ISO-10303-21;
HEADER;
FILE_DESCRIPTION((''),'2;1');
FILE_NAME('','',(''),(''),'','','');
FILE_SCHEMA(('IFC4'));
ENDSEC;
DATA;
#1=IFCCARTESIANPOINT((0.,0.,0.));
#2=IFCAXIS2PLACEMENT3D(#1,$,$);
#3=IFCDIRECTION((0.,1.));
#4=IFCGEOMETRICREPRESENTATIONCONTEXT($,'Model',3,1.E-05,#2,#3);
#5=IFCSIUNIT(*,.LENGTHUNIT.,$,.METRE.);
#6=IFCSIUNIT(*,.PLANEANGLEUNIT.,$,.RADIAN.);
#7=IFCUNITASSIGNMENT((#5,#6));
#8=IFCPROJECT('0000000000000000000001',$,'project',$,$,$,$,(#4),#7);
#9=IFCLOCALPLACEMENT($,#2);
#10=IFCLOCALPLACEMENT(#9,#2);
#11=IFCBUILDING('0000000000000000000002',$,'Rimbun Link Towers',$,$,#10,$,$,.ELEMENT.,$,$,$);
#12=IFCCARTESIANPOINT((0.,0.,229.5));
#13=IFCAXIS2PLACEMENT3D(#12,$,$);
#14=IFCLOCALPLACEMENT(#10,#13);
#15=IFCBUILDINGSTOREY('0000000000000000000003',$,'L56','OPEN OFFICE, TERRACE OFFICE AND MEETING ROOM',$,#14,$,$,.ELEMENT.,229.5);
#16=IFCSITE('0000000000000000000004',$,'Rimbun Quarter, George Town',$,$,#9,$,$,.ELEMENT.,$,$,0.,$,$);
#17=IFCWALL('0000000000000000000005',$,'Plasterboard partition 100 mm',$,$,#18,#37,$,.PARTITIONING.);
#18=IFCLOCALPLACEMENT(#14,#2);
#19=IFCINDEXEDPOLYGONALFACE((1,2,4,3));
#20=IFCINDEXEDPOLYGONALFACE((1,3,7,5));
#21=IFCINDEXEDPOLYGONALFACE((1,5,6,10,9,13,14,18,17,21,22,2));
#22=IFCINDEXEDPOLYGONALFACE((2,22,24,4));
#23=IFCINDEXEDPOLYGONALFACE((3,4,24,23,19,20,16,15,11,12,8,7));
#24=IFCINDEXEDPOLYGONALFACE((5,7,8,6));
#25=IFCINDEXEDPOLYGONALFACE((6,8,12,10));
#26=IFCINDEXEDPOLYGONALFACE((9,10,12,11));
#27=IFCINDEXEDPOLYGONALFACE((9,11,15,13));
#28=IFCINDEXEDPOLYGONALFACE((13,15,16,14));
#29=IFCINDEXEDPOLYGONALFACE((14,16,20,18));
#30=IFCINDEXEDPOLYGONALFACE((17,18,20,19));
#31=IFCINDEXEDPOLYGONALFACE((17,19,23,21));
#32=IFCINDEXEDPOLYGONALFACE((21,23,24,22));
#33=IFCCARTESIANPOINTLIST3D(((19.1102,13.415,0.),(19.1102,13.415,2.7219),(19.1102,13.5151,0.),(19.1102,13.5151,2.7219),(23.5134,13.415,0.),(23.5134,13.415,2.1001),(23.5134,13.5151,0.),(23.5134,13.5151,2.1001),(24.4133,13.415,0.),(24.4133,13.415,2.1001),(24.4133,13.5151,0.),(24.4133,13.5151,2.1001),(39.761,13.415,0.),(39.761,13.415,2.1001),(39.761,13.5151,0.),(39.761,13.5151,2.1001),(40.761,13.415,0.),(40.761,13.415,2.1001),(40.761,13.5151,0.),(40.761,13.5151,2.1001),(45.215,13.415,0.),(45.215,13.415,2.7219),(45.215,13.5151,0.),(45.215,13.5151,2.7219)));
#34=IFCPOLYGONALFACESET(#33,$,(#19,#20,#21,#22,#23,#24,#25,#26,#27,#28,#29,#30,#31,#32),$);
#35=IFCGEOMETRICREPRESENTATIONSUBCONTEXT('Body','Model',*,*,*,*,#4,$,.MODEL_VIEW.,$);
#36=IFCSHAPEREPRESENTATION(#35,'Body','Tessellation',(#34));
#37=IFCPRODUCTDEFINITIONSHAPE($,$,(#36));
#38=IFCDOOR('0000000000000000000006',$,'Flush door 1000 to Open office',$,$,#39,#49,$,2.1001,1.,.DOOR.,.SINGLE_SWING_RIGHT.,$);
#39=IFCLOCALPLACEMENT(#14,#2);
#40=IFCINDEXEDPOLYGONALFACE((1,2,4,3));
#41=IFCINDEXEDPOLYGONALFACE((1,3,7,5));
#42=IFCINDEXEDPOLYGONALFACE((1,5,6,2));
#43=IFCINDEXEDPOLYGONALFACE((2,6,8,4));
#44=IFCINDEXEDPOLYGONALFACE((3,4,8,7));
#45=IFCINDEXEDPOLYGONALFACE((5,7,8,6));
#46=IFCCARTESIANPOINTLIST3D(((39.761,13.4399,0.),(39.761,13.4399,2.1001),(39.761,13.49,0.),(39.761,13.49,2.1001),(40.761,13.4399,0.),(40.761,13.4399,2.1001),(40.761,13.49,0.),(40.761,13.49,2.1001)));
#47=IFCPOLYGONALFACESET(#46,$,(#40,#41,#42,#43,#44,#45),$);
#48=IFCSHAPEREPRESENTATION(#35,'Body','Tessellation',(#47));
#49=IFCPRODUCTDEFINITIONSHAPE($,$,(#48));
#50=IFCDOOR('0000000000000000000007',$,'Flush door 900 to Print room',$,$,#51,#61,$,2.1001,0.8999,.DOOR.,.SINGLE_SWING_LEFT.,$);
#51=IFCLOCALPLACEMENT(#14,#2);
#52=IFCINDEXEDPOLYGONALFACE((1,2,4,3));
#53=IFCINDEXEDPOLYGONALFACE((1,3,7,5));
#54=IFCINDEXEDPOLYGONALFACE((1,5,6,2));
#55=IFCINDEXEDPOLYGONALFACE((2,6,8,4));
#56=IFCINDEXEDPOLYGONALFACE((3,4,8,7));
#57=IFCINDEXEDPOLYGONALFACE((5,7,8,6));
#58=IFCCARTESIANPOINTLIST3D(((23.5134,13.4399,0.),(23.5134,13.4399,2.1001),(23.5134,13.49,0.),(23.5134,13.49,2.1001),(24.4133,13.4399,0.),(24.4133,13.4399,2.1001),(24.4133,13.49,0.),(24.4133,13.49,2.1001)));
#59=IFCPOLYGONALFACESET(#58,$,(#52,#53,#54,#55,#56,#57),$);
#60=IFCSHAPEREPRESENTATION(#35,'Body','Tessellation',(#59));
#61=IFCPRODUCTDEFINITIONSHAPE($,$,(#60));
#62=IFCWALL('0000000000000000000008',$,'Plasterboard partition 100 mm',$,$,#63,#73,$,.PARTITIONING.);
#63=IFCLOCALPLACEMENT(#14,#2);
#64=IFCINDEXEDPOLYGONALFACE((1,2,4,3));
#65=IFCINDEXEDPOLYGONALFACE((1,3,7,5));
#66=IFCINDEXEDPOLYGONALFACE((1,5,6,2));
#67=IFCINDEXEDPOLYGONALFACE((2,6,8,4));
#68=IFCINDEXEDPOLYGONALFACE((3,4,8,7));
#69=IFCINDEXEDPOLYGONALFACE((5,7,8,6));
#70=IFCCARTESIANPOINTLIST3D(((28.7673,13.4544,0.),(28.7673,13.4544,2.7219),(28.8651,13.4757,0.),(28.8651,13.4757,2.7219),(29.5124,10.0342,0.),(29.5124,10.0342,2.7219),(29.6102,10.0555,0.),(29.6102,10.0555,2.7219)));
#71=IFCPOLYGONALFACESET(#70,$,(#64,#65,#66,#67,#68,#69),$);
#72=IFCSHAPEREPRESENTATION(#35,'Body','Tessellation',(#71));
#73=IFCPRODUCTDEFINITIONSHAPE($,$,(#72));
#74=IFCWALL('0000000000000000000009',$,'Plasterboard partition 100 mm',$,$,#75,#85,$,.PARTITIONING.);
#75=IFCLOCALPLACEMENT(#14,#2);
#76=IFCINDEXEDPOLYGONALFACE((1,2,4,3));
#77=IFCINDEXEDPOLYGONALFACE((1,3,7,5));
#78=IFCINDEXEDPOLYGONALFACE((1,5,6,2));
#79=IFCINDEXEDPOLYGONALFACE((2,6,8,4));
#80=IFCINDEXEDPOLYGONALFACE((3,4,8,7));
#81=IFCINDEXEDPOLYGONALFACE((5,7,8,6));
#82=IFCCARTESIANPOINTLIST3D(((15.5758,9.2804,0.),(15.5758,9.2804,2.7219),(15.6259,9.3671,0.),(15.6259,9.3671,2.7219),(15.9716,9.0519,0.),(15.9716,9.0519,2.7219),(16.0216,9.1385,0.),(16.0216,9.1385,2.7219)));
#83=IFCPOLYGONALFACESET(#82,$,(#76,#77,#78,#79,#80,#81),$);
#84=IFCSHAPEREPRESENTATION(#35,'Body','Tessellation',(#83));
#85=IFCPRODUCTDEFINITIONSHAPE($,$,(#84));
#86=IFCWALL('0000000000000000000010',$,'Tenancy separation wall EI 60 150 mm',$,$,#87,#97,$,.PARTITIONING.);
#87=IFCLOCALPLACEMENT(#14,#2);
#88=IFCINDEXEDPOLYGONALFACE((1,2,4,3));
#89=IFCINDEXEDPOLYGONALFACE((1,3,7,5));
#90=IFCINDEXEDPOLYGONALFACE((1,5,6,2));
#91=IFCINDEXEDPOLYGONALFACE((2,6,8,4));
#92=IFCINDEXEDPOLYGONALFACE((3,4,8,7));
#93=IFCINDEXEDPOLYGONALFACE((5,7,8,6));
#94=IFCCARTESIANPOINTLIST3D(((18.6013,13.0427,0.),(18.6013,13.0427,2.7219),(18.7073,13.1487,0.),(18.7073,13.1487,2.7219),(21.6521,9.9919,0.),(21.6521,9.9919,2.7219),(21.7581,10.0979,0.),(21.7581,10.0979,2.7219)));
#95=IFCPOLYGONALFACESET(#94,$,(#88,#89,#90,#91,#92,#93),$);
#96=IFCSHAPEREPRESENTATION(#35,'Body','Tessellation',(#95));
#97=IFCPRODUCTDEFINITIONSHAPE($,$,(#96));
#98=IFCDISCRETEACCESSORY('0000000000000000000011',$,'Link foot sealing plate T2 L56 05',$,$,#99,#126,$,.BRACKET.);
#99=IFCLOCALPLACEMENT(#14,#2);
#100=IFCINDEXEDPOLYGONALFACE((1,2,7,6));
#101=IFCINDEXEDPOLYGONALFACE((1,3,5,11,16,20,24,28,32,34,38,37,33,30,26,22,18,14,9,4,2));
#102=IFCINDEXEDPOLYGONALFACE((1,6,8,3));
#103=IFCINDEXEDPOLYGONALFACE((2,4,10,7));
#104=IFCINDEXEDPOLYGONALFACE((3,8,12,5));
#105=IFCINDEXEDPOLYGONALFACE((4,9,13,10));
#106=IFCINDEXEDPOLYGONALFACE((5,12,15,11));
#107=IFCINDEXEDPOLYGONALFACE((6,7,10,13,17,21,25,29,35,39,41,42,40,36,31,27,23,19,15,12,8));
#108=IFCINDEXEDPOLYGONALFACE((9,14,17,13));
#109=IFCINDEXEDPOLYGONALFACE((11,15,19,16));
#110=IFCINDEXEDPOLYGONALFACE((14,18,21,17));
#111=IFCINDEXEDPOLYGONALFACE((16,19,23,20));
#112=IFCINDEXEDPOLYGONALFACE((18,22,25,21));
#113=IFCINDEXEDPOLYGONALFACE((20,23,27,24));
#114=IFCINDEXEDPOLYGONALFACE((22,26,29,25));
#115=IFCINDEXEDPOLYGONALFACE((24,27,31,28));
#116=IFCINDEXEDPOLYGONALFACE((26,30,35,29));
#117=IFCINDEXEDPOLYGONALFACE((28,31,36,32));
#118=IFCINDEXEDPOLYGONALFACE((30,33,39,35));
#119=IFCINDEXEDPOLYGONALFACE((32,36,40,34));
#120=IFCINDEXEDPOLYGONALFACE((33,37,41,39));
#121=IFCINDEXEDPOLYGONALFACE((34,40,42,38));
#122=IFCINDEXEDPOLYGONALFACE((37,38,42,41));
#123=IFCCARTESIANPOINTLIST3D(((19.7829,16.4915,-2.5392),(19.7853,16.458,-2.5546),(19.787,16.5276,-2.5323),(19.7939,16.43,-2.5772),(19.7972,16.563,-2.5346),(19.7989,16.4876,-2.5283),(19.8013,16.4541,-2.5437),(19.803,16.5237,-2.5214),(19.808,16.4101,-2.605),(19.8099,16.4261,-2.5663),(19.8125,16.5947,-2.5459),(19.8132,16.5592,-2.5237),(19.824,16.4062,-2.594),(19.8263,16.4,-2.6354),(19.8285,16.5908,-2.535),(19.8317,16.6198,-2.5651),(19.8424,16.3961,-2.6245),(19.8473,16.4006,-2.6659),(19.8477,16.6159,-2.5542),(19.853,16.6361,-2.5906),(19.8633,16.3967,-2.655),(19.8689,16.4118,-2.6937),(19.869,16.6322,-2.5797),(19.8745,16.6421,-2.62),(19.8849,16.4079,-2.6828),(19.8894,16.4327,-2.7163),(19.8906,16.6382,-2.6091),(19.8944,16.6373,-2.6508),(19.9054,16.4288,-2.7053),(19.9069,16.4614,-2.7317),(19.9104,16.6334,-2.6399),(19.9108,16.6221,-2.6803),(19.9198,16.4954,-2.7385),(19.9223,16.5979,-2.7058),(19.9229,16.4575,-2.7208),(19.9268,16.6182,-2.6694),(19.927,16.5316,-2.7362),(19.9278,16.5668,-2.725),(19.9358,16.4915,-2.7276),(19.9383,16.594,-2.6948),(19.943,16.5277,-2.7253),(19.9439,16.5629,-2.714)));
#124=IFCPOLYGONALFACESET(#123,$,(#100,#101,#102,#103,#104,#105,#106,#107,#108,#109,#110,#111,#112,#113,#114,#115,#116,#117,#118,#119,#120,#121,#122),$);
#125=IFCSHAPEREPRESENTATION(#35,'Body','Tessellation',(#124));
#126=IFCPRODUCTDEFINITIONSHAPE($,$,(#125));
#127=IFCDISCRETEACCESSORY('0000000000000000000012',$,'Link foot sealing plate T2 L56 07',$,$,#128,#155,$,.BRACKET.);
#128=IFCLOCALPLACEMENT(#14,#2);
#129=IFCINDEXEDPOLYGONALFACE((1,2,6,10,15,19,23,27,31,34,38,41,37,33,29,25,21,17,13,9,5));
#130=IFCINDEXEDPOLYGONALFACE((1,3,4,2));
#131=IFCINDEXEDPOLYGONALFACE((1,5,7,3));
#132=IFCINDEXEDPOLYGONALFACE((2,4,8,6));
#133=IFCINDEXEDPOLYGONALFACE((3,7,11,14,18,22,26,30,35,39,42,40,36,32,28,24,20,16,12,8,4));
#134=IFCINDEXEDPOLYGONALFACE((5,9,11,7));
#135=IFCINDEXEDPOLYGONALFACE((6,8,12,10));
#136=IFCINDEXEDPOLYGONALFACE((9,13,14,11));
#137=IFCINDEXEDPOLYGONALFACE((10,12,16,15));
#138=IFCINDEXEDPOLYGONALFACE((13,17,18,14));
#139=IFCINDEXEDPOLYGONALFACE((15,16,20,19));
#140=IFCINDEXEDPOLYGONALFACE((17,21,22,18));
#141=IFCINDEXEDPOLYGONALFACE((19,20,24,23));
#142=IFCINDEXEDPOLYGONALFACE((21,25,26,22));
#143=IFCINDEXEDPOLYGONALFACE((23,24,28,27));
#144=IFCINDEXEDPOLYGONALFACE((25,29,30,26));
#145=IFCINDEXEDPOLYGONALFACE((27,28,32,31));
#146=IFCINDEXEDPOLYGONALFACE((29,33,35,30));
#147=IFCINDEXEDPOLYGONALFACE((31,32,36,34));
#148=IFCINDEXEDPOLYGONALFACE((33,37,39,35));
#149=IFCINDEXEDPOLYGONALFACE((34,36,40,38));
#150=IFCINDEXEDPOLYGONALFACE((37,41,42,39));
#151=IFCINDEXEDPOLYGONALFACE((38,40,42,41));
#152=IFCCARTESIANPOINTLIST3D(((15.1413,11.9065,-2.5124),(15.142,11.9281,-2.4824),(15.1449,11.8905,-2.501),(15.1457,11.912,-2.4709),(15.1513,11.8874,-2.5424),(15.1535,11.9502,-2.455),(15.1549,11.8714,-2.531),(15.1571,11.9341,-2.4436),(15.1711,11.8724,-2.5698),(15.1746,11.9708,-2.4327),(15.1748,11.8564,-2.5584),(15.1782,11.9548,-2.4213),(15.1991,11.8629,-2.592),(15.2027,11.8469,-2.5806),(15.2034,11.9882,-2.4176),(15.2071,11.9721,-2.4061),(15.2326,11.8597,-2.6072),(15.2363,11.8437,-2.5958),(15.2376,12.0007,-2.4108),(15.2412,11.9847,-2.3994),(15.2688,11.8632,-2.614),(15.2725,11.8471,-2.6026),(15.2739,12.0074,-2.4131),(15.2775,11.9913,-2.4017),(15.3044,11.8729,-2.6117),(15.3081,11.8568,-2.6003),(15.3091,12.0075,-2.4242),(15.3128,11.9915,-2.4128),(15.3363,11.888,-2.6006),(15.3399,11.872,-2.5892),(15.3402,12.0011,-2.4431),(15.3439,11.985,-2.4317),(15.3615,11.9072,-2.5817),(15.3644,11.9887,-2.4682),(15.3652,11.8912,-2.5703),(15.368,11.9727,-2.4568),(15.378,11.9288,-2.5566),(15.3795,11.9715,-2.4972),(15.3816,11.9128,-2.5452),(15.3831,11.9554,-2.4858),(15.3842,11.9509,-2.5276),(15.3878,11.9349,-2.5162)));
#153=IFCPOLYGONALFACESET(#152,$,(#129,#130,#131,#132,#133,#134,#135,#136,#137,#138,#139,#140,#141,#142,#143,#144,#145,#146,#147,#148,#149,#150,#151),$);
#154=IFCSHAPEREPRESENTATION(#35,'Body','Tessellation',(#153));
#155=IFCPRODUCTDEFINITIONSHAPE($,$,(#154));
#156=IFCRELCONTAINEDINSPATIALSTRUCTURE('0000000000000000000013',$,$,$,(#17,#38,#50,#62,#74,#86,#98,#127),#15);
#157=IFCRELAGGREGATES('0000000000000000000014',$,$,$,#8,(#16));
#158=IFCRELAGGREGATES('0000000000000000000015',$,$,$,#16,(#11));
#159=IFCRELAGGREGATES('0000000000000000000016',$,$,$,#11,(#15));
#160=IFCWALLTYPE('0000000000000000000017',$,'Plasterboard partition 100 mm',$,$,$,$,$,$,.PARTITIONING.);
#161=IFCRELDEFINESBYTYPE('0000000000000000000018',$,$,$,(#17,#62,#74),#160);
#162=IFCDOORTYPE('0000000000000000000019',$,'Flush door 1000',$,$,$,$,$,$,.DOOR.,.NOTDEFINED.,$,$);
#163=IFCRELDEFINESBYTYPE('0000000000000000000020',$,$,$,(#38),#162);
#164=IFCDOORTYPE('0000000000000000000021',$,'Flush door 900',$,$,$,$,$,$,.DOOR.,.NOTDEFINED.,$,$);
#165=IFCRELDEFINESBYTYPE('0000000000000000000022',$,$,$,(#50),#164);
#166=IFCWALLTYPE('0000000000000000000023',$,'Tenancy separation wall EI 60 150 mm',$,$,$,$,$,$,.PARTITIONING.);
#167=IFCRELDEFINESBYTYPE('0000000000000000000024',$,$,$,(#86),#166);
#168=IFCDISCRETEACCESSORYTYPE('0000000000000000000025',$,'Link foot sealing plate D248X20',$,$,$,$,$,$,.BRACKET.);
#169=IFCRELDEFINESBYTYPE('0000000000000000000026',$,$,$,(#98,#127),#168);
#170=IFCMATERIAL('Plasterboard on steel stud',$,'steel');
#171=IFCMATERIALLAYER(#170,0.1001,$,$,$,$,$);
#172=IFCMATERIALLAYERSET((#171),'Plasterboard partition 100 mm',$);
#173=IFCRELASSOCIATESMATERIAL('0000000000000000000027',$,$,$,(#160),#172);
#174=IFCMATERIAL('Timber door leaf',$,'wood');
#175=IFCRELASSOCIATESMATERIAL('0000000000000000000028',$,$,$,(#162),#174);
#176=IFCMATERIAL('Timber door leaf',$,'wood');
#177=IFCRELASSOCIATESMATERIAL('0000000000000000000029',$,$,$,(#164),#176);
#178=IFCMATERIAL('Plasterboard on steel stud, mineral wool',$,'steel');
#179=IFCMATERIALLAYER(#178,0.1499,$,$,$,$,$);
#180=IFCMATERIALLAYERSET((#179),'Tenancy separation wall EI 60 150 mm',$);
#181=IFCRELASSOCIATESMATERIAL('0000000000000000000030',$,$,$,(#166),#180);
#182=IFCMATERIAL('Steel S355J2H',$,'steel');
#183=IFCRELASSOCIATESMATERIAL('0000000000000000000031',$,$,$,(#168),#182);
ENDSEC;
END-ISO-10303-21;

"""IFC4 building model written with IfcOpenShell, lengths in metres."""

from ifc_helpers import new_model, si_unit, direction, frame, frame_2d, origin, origin_2d, place, context, subcontext, project, spatial, rectangle, circle, extrude, material, layer, layer_set, material_profile, profile_set, type_object, element, fill, save


model = new_model("IFC4")

# Units and contexts
model_context = context("Model", 3, precision=1e-05, world=origin(), true_north=direction((0.0, 1.0)))
body_context = subcontext(model_context, "Body", "Model", "MODEL_VIEW")
ifc_project = project(units=[si_unit("LENGTHUNIT", "METRE"), si_unit("PLANEANGLEUNIT", "RADIAN")], contexts=[model_context])

# Site, building, storey
site_placement = place(None, origin())
site = spatial("IfcSite", under=ifc_project, at=site_placement, Name="Rimbun Quarter, George Town", CompositionType="ELEMENT", RefElevation=0.0)
building_placement = place(site_placement, origin())
building = spatial("IfcBuilding", under=site, at=building_placement, Name="Rimbun Link Towers", CompositionType="ELEMENT")
storey_placement = place(building_placement, frame((0.0, 0.0, 229.5)))
storey = spatial("IfcBuildingStorey", under=building, at=storey_placement, Name="L56", Description="OPEN OFFICE, TERRACE OFFICE AND MEETING ROOM", CompositionType="ELEMENT", Elevation=229.5)

# Wall, openings, doors
ifc_material_1 = material(Name="Plasterboard on steel stud", Category="steel")
ifc_layer_1 = layer(ifc_material_1, 0.1001)
ifc_layer_set_1 = layer_set([ifc_layer_1], Name="Plasterboard partition 100 mm")
wall_type_1 = type_object("IfcWallType", Name="Plasterboard partition 100 mm", PredefinedType="PARTITIONING", material=ifc_layer_set_1)
wall_1_placement = place(storey_placement, frame((19.1104, 13.4651, 0.0), z_axis=(0.0, 0.0, 1.0), x_axis=(1.0, 0.0, 0.0)))
wall_1 = element("IfcWall", 1, at=wall_1_placement, inside=storey, type_object=wall_type_1, Name="Plasterboard partition 100 mm", PredefinedType="PARTITIONING", context=body_context, shape_type="SweptSolid", body=[
    extrude(rectangle(XDim=26.1047, YDim=0.1001, at=frame_2d((13.0522, 0.0))), origin(), (0.0, 0.0, 1.0), 2.7219),
])
opening_1_placement = place(wall_1_placement, frame((20.6506, 0.0, 0.0)))
opening_1 = element("IfcOpeningElement", 2, at=opening_1_placement, cuts=wall_1, PredefinedType="OPENING", context=body_context, shape_type="SweptSolid", body=[
    extrude(rectangle(XDim=1.0, YDim=2.1001, at=frame_2d((0.5, 1.05))), frame((0.0, 0.0601, 0.0), z_axis=(0.0, -1.0, 0.0), x_axis=(1.0, 0.0, 0.0)), (0.0, 0.0, 1.0), 0.1201),
])
opening_2_placement = place(wall_1_placement, frame((4.4031, 0.0, 0.0)))
opening_2 = element("IfcOpeningElement", 3, at=opening_2_placement, cuts=wall_1, PredefinedType="OPENING", context=body_context, shape_type="SweptSolid", body=[
    extrude(rectangle(XDim=0.8999, YDim=2.1001, at=frame_2d((0.45, 1.05))), frame((0.0, 0.0601, 0.0), z_axis=(0.0, -1.0, 0.0), x_axis=(1.0, 0.0, 0.0)), (0.0, 0.0, 1.0), 0.1201),
])
ifc_material_2 = material(Name="Timber door leaf", Category="wood")
door_type_1 = type_object("IfcDoorType", Name="Flush door 1000", OperationType="NOTDEFINED", PredefinedType="DOOR", material=ifc_material_2)
door_1_placement = place(opening_1_placement, origin())
door_1 = element("IfcDoor", 4, at=door_1_placement, inside=storey, type_object=door_type_1, Name="Flush door 1000 to Open office", OperationType="SINGLE_SWING_RIGHT", OverallHeight=2.1001, OverallWidth=1.0, PredefinedType="DOOR", context=body_context, shape_type="SweptSolid", body=[
    extrude(rectangle(XDim=1.0, YDim=2.1001, at=frame_2d((0.5, 1.05))), frame((0.0, 0.0249, 0.0), z_axis=(0.0, -1.0, 0.0), x_axis=(1.0, 0.0, 0.0)), (0.0, 0.0, 1.0), 0.05),
])
fill(opening_1, door_1)
ifc_material_3 = material(Name="Timber door leaf", Category="wood")
door_type_2 = type_object("IfcDoorType", Name="Flush door 900", OperationType="NOTDEFINED", PredefinedType="DOOR", material=ifc_material_3)
door_2_placement = place(opening_2_placement, origin())
door_2 = element("IfcDoor", 5, at=door_2_placement, inside=storey, type_object=door_type_2, Name="Flush door 900 to Print room", OperationType="SINGLE_SWING_LEFT", OverallHeight=2.1001, OverallWidth=0.8999, PredefinedType="DOOR", context=body_context, shape_type="SweptSolid", body=[
    extrude(rectangle(XDim=0.8999, YDim=2.1001, at=frame_2d((0.45, 1.05))), frame((0.0, 0.0249, 0.0), z_axis=(0.0, -1.0, 0.0), x_axis=(1.0, 0.0, 0.0)), (0.0, 0.0, 1.0), 0.05),
])
fill(opening_2, door_2)

# Walls
wall_2_placement = place(storey_placement, frame((28.8162, 13.4651, 0.0), z_axis=(0.0, 0.0, 1.0), x_axis=(0.212867, -0.977081, 0.0)))
element("IfcWall", 6, at=wall_2_placement, inside=storey, type_object=wall_type_1, Name="Plasterboard partition 100 mm", PredefinedType="PARTITIONING", context=body_context, shape_type="SweptSolid", body=[
    extrude(rectangle(XDim=3.5005, YDim=0.1001, at=frame_2d((1.7502, 0.0))), origin(), (0.0, 0.0, 1.0), 2.7219),
])
wall_3_placement = place(storey_placement, frame((15.6008, 9.3237, 0.0), z_axis=(0.0, 0.0, 1.0), x_axis=(0.865999, -0.500046, 0.0)))
element("IfcWall", 7, at=wall_3_placement, inside=storey, type_object=wall_type_1, Name="Plasterboard partition 100 mm", PredefinedType="PARTITIONING", context=body_context, shape_type="SweptSolid", body=[
    extrude(rectangle(XDim=0.457, YDim=0.1001, at=frame_2d((0.2285, 0.0))), origin(), (0.0, 0.0, 1.0), 2.7219),
])
ifc_material_4 = material(Name="Plasterboard on steel stud, mineral wool", Category="steel")
ifc_layer_2 = layer(ifc_material_4, 0.1499)
ifc_layer_set_2 = layer_set([ifc_layer_2], Name="Tenancy separation wall EI 60 150 mm")
wall_type_2 = type_object("IfcWallType", Name="Tenancy separation wall EI 60 150 mm", PredefinedType="PARTITIONING", material=ifc_layer_set_2)
wall_4_placement = place(storey_placement, frame((21.7051, 10.0449, 0.0), z_axis=(0.0, 0.0, 1.0), x_axis=(-0.707107, 0.707107, 0.0)))
element("IfcWall", 8, at=wall_4_placement, inside=storey, type_object=wall_type_2, Name="Tenancy separation wall EI 60 150 mm", PredefinedType="PARTITIONING", context=body_context, shape_type="SweptSolid", body=[
    extrude(rectangle(XDim=4.3145, YDim=0.1499, at=frame_2d((2.1572, 0.0))), origin(), (0.0, 0.0, 1.0), 2.7219),
])

# Discrete accessories
ifc_material_5 = material(Name="Steel S355J2H", Category="steel")
ifc_material_profile_1 = material_profile(ifc_material_5, circle(Radius=0.124, at=origin_2d()), Name="PL D248")
ifc_profile_set_1 = profile_set([ifc_material_profile_1], Name="Steel S355J2H")
discrete_accessory_type = type_object("IfcDiscreteAccessoryType", Name="Link foot sealing plate D248X20", PredefinedType="BRACKET", material=ifc_profile_set_1)
discrete_accessory_1_placement = place(storey_placement, frame((19.8716, 16.5166, -2.6245), z_axis=(-0.810136, 0.196397, -0.552366), x_axis=(-0.2356, -0.97185, 0.0)))
element("IfcDiscreteAccessory", 9, at=discrete_accessory_1_placement, inside=storey, type_object=discrete_accessory_type, Name="Link foot sealing plate T2 L56 05", PredefinedType="BRACKET", context=body_context, shape_type="SweptSolid", body=[
    extrude(circle(Radius=0.124, at=origin_2d()), origin(), (0.0, 0.0, 1.0), 0.0198),
])
discrete_accessory_2_placement = place(storey_placement, frame((15.2659, 11.918, -2.501), z_axis=(-0.182036, 0.800957, -0.570378), x_axis=(-0.975133, -0.221621, 0.0)))
element("IfcDiscreteAccessory", 10, at=discrete_accessory_2_placement, inside=storey, type_object=discrete_accessory_type, Name="Link foot sealing plate T2 L56 07", PredefinedType="BRACKET", context=body_context, shape_type="SweptSolid", body=[
    extrude(circle(Radius=0.124, at=origin_2d()), origin(), (0.0, 0.0, 1.0), 0.02),
])

save(model, "model.ifc")
